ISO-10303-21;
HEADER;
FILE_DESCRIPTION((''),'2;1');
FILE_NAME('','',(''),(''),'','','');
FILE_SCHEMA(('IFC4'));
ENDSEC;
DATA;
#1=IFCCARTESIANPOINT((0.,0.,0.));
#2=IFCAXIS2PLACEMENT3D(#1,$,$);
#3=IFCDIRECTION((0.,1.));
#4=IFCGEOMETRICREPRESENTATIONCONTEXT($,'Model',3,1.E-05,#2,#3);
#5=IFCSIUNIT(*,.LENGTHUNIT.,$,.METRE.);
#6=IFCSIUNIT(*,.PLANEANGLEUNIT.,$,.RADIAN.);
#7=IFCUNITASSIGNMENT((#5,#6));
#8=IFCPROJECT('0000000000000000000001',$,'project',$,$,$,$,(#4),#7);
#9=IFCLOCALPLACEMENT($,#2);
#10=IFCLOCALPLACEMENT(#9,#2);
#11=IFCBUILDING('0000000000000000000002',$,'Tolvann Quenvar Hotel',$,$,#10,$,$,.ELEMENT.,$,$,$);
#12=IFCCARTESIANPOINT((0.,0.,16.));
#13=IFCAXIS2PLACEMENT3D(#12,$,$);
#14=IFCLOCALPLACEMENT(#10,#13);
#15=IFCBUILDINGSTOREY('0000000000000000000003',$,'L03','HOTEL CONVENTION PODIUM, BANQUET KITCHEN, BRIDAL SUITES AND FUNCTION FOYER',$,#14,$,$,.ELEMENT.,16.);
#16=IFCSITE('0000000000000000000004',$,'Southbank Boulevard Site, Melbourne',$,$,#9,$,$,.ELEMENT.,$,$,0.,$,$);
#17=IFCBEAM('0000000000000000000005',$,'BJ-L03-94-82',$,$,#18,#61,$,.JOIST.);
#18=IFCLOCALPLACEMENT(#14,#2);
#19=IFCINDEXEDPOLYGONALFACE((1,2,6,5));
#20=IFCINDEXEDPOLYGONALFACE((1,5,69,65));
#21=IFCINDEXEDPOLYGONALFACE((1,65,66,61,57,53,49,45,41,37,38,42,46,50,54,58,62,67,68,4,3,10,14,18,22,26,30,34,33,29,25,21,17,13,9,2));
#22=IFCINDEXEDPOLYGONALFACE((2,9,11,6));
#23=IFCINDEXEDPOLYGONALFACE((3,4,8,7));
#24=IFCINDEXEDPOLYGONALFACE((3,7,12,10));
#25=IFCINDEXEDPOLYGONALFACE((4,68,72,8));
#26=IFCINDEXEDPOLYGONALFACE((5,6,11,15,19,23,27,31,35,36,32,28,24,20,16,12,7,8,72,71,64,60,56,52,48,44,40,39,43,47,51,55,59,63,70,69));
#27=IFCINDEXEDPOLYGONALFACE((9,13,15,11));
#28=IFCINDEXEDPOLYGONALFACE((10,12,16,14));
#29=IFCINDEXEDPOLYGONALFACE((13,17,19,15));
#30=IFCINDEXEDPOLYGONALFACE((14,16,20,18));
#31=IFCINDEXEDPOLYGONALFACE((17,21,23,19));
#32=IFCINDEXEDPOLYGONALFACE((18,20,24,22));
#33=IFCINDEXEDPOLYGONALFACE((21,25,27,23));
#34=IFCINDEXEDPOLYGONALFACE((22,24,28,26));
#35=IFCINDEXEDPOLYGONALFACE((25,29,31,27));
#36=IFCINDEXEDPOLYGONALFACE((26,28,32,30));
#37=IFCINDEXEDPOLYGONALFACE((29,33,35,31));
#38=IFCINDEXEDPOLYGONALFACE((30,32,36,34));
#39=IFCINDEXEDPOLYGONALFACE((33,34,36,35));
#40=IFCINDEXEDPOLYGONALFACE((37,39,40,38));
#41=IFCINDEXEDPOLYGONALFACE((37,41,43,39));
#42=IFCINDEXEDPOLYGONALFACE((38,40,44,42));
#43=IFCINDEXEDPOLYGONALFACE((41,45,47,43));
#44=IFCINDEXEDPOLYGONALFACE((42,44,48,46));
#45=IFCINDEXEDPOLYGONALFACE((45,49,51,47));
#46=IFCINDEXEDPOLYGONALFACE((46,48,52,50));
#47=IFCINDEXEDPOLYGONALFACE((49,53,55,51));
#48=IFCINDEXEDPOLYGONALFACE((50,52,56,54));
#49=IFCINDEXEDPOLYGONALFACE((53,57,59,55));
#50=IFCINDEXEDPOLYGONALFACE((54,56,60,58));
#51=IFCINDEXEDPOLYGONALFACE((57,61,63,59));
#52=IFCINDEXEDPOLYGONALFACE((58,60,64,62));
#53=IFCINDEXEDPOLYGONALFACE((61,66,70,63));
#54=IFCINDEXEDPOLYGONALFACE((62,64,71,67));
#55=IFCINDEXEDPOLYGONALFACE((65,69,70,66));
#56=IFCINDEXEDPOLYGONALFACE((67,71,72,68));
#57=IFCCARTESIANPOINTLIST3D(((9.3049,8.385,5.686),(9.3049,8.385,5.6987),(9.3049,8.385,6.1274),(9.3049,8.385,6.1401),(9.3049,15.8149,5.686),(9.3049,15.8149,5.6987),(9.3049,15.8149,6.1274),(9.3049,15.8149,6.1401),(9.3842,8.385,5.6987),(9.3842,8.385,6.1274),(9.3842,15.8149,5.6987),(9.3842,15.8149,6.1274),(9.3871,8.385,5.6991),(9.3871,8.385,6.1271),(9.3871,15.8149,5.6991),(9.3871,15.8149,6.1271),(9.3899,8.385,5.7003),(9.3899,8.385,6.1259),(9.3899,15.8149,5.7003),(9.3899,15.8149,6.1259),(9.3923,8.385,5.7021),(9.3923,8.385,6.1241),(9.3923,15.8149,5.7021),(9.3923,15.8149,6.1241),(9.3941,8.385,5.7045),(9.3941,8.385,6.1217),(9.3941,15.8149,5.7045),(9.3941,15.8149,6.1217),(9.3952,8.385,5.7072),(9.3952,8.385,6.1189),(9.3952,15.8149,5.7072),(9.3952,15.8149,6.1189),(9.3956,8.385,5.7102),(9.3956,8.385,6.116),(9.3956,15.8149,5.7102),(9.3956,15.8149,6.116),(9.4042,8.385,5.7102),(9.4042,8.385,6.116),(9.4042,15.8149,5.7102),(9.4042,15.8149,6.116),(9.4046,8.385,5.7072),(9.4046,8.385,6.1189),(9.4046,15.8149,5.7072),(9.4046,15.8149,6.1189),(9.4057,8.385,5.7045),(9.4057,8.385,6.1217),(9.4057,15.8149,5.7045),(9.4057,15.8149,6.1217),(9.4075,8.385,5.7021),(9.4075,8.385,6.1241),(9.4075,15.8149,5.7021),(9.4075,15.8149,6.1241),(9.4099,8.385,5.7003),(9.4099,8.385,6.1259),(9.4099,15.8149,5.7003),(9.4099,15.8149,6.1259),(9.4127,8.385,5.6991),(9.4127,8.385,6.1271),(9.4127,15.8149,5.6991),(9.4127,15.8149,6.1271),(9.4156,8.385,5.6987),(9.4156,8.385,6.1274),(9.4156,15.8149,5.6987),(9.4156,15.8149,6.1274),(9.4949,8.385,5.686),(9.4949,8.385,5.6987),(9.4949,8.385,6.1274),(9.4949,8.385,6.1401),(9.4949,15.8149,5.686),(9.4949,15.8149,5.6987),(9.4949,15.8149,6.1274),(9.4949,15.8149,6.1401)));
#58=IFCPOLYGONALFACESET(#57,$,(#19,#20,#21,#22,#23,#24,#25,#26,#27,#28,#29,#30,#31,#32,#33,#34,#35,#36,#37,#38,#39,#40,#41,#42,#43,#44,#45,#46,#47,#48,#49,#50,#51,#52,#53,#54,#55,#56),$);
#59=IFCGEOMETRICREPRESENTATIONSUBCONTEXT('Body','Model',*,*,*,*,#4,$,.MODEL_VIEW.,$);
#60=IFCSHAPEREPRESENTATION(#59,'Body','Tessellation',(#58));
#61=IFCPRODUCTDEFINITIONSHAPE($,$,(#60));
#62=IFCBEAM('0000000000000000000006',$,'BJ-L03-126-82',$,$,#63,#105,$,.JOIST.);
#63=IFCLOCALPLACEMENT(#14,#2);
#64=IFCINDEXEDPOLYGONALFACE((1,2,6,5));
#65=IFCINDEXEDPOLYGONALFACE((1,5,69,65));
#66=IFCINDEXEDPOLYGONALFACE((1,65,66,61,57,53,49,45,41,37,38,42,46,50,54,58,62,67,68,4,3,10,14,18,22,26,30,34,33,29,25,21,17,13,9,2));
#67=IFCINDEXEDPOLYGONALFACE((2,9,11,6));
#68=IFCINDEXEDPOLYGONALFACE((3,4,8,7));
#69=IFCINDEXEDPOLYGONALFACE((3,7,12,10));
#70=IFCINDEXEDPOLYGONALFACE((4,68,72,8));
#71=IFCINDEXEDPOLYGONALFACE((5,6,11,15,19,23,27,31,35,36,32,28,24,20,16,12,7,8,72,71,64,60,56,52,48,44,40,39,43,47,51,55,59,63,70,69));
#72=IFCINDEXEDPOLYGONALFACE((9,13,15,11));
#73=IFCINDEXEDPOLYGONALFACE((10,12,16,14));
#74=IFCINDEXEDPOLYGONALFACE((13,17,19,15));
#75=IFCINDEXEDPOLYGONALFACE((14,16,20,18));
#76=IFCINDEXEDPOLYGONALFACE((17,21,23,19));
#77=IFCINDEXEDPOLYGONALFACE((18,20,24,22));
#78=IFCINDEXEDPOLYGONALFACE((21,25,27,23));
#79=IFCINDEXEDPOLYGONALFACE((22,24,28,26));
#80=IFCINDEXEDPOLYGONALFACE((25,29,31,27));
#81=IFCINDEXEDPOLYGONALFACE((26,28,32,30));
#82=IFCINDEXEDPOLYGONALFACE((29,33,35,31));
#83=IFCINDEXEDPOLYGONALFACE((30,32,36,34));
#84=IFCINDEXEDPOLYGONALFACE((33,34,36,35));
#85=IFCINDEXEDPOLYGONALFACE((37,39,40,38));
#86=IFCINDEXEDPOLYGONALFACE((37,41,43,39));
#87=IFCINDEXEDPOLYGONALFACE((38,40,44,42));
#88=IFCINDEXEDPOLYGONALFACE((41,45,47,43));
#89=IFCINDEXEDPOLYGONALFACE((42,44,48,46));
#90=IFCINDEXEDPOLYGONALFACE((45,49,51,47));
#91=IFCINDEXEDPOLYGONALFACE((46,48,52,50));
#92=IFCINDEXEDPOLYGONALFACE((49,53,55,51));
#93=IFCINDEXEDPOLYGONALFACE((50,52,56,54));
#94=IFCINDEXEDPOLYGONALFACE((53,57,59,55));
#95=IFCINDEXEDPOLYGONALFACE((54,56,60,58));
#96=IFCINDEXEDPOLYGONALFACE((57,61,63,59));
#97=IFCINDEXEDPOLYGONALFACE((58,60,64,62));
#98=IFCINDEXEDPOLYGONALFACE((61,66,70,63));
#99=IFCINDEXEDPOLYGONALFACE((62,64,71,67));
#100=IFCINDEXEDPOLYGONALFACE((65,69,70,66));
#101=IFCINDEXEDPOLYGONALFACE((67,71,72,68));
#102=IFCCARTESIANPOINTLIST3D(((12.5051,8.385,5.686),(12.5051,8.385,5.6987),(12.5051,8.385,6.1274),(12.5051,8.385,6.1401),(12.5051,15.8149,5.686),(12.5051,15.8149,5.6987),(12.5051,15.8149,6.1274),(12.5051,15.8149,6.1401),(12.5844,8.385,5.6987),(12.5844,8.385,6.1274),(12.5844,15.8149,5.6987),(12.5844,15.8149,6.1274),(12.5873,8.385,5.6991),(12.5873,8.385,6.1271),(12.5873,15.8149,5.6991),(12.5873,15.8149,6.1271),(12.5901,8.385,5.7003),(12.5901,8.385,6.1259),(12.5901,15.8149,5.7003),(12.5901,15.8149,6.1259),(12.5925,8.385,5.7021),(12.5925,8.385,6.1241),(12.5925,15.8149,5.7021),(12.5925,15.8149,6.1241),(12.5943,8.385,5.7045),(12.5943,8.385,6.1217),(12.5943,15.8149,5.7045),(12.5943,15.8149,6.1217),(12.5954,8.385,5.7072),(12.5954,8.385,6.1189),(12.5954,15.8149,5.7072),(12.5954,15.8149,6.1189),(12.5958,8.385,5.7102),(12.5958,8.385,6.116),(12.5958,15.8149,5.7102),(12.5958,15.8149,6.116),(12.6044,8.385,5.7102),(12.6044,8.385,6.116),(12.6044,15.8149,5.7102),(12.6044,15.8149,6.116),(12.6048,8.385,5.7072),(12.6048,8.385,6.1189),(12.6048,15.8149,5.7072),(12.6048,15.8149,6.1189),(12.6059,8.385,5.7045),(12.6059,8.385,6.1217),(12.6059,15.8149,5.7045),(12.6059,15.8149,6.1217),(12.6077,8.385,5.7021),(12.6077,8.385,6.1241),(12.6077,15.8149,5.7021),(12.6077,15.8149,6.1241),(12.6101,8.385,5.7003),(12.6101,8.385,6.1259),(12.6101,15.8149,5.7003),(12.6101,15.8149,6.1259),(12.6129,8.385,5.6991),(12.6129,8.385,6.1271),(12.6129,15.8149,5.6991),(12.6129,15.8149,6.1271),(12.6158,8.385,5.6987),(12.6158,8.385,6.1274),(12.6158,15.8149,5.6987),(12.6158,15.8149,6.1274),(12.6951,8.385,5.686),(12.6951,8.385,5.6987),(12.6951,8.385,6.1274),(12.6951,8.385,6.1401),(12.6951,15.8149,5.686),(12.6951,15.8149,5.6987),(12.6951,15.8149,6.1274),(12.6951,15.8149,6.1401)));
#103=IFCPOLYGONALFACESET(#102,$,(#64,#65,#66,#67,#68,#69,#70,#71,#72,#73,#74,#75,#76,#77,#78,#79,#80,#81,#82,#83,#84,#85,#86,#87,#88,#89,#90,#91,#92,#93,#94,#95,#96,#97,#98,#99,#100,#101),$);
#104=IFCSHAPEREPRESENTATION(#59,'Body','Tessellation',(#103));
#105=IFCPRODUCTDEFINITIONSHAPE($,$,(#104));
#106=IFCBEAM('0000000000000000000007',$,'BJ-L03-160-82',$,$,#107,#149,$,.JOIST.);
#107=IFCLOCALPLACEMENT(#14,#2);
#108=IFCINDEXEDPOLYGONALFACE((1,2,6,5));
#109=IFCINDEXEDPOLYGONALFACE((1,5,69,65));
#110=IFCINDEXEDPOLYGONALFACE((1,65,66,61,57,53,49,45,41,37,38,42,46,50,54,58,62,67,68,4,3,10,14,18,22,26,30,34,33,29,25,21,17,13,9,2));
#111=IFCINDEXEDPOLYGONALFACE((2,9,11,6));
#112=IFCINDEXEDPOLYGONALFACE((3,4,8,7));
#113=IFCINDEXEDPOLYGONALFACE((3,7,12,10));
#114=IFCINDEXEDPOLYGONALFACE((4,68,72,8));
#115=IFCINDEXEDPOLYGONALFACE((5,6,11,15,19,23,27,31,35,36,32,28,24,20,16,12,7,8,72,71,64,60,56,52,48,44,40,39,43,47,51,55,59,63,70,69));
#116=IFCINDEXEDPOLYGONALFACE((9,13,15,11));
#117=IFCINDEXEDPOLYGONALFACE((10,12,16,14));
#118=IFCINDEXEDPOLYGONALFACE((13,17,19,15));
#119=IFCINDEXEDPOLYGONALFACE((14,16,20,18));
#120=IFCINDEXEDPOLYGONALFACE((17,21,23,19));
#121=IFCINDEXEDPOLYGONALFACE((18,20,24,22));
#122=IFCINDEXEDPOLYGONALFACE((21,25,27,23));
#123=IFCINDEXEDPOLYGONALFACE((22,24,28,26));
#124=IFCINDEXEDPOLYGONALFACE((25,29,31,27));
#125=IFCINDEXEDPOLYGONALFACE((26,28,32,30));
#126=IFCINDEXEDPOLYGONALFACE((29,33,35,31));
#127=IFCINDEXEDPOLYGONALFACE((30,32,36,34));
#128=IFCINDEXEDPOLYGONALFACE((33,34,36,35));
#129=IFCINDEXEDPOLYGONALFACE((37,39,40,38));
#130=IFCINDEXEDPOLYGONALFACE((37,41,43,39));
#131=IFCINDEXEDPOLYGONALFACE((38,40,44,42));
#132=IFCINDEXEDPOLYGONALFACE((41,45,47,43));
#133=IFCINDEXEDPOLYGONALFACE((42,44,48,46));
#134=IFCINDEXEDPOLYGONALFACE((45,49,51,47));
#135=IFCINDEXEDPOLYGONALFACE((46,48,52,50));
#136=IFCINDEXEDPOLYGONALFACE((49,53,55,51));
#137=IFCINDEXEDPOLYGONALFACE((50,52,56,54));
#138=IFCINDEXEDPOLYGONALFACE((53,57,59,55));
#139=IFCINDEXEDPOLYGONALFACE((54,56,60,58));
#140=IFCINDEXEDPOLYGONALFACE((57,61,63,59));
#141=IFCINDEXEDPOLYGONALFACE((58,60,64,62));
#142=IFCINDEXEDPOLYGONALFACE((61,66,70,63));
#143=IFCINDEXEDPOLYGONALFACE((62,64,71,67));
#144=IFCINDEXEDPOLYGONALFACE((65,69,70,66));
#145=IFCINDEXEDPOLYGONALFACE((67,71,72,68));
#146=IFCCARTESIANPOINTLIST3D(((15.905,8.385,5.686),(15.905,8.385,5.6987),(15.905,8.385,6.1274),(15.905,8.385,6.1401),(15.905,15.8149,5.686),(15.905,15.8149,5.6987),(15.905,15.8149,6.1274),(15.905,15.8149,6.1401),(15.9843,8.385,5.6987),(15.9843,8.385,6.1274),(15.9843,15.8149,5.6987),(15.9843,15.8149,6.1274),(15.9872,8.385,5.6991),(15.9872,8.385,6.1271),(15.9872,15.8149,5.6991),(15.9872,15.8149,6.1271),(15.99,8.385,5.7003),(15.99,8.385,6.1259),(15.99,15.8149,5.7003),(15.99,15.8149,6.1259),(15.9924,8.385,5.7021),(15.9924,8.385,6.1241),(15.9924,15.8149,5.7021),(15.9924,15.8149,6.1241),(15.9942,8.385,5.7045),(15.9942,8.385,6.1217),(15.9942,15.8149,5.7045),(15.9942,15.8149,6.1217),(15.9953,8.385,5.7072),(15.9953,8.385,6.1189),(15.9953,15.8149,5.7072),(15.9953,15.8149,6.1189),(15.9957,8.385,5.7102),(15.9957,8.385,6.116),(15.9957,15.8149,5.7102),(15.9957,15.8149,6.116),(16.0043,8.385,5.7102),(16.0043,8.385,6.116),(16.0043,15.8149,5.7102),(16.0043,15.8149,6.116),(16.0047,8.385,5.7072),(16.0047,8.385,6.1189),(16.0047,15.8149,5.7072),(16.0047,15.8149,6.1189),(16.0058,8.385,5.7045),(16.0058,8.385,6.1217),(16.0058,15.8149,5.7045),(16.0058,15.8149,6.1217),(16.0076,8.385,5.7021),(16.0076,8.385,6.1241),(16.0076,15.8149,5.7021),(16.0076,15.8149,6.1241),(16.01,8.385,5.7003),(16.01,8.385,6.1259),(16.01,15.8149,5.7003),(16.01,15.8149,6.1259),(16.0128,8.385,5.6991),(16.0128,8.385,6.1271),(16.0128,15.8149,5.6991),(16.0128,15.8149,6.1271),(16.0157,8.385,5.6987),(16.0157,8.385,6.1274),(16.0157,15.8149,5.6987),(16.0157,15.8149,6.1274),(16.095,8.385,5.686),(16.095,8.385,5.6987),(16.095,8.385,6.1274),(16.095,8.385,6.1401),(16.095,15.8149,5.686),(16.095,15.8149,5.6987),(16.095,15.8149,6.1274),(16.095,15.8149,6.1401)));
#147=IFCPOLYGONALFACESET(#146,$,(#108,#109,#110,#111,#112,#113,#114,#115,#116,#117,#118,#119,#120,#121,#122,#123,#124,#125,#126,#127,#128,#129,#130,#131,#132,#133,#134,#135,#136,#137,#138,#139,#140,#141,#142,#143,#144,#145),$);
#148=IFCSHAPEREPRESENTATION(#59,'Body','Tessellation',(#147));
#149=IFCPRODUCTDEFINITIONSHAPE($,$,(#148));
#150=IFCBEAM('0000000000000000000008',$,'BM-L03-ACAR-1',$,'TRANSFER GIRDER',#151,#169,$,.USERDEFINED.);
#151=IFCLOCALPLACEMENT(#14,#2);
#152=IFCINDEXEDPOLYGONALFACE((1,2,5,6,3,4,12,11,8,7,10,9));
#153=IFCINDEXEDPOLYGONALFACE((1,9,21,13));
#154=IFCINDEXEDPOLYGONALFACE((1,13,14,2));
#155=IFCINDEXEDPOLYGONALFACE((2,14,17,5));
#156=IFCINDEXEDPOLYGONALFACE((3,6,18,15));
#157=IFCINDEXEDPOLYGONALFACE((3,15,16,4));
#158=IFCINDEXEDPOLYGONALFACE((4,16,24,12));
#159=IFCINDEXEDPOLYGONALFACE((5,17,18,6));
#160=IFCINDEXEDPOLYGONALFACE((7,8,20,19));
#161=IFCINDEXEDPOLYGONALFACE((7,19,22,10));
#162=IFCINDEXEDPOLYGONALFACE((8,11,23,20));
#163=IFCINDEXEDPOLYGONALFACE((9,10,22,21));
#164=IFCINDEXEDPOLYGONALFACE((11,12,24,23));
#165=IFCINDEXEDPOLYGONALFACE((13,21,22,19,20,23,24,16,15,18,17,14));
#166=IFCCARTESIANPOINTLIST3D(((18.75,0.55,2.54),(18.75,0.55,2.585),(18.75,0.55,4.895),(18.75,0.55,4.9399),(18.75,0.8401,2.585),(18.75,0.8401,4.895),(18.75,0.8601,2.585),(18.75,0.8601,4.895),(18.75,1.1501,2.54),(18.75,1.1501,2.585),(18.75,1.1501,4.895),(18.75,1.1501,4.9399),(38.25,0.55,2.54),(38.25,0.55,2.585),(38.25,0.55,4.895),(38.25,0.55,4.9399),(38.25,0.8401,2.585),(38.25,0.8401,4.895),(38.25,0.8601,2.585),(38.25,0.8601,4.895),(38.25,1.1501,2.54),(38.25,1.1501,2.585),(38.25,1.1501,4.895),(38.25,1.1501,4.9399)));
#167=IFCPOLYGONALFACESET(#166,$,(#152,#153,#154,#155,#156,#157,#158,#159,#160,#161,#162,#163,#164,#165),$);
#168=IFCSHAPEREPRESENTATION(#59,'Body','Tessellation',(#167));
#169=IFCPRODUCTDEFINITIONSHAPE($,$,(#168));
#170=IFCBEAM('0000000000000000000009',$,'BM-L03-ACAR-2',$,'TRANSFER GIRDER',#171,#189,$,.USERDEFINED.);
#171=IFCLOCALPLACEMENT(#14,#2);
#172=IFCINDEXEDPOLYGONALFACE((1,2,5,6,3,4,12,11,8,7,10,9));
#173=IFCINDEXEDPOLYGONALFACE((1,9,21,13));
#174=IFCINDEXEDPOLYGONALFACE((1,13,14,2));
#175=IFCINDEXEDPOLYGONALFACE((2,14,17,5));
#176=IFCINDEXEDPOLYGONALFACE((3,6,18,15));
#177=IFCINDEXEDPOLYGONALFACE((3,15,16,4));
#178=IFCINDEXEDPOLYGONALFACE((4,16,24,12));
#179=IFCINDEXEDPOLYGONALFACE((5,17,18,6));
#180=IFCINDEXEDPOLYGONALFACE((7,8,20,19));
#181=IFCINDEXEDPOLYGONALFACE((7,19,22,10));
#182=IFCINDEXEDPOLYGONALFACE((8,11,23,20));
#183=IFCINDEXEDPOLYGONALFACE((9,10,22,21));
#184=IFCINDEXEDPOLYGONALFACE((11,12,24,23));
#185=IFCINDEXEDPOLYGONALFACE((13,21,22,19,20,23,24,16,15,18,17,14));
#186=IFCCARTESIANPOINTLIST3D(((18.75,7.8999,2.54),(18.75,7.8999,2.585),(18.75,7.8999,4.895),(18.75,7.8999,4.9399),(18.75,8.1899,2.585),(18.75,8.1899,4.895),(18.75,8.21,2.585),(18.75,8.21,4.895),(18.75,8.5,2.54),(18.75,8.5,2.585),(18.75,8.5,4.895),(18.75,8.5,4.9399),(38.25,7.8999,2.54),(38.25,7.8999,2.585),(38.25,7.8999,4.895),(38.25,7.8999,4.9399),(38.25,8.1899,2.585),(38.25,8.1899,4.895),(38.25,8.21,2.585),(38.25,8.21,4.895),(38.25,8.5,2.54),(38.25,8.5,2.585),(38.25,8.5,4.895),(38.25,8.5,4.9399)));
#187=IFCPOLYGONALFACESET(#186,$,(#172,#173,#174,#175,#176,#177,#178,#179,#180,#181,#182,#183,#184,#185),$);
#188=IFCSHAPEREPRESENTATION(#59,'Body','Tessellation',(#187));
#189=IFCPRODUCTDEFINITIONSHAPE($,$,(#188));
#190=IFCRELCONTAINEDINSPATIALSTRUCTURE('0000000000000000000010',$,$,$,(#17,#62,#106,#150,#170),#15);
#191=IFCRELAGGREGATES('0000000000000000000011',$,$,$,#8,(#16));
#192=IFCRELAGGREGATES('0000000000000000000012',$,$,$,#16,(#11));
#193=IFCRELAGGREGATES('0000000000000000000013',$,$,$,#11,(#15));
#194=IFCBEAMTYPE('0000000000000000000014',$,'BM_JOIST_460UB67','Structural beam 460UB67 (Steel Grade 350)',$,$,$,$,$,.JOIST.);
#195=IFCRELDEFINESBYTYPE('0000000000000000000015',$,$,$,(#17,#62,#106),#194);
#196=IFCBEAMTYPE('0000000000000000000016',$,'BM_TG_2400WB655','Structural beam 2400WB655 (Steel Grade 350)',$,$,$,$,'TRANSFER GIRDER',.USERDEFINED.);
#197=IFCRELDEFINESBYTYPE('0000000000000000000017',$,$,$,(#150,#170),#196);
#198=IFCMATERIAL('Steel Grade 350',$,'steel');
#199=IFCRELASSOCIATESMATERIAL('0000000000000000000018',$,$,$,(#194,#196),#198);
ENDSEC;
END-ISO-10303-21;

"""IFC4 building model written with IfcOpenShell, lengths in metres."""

from ifc_helpers import new_model, si_unit, direction, frame, origin, origin_2d, place, context, subcontext, project, spatial, i_section, extrude, source, transform, mapped, material, material_profile, profile_set, type_object, type_shapes, element, save


model = new_model("IFC4")

# Units and contexts
model_context = context("Model", 3, precision=1e-05, world=origin(), true_north=direction((0.0, 1.0)))
body_context = subcontext(model_context, "Body", "Model", "MODEL_VIEW")
ifc_project = project(units=[si_unit("LENGTHUNIT", "METRE"), si_unit("PLANEANGLEUNIT", "RADIAN")], contexts=[model_context])

# Site, building, storey
site_placement = place(None, origin())
site = spatial("IfcSite", under=ifc_project, at=site_placement, Name="Southbank Boulevard Site, Melbourne", CompositionType="ELEMENT", RefElevation=0.0)
building_placement = place(site_placement, origin())
building = spatial("IfcBuilding", under=site, at=building_placement, Name="Tolvann Quenvar Hotel", CompositionType="ELEMENT")
storey_placement = place(building_placement, frame((0.0, 0.0, 16.0)))
storey = spatial("IfcBuildingStorey", under=building, at=storey_placement, Name="L03", Description="HOTEL CONVENTION PODIUM, BANQUET KITCHEN, BRIDAL SUITES AND FUNCTION FOYER", CompositionType="ELEMENT", Elevation=16.0)

# Beams
ifc_material_1 = material(Name="Steel Grade 350", Category="steel")
ifc_material_profile_1 = material_profile(ifc_material_1, i_section(OverallWidth=0.1899, OverallDepth=0.4541, WebThickness=0.0085, FlangeThickness=0.0127, FilletRadius=0.0115, at=origin_2d()), Name="460UB67")
ifc_profile_set_1 = profile_set([ifc_material_profile_1], Name="Steel Grade 350")
beam_type_1 = type_object("IfcBeamType", Name="BM_JOIST_460UB67", Description="Structural beam 460UB67 (Steel Grade 350)", PredefinedType="JOIST", material=ifc_profile_set_1)
shared_shape_1 = source(origin(), body_context, "Body", "SweptSolid", [
    extrude(i_section(OverallWidth=0.1899, OverallDepth=0.4541, WebThickness=0.0085, FlangeThickness=0.0127, FilletRadius=0.0115, at=origin_2d()), origin(), (0.0, 0.0, 1.0), 7.4299),
])
for number, where, z_axis, x_axis, name in (
    (1, (9.3999, 8.385, 5.9131), (0.0, 1.0, 0.0), (-1.0, 0.0, 0.0), "BJ-L03-94-82"),
    (2, (12.6001, 8.385, 5.9131), (0.0, 1.0, 0.0), (-1.0, 0.0, 0.0), "BJ-L03-126-82"),
    (3, (16.0, 8.385, 5.9131), (0.0, 1.0, 0.0), (-1.0, 0.0, 0.0), "BJ-L03-160-82"),
):
    element("IfcBeam", number, at=place(storey_placement, frame(where, z_axis=z_axis, x_axis=x_axis)), inside=storey, type_object=beam_type_1, Name=name, PredefinedType="JOIST", context=body_context, shape_type="MappedRepresentation", body=[
        mapped(shared_shape_1, transform((0.0, 0.0, 0.0), x_axis=(1.0, 0.0, 0.0), y_axis=(0.0, 1.0, 0.0), z_axis=(0.0, 0.0, 1.0), scale=1.0)),
    ])
ifc_material_profile_2 = material_profile(ifc_material_1, i_section(OverallWidth=0.6001, OverallDepth=2.3999, WebThickness=0.02, FlangeThickness=0.0449, at=origin_2d()), Name="2400WB655")
ifc_profile_set_2 = profile_set([ifc_material_profile_2], Name="Steel Grade 350")
beam_type_2 = type_object("IfcBeamType", Name="BM_TG_2400WB655", Description="Structural beam 2400WB655 (Steel Grade 350)", ElementType="TRANSFER GIRDER", PredefinedType="USERDEFINED", material=ifc_profile_set_2)
shared_shape_2 = source(origin(), body_context, "Body", "SweptSolid", [
    extrude(i_section(OverallWidth=0.6001, OverallDepth=2.3999, WebThickness=0.02, FlangeThickness=0.0449, at=origin_2d()), origin(), (0.0, 0.0, 1.0), 19.5),
])
type_shapes(beam_type_2, [shared_shape_2])
for number, where, z_axis, x_axis, name in (
    (4, (18.75, 0.8501, 3.74), (1.0, 0.0, 0.0), (0.0, 1.0, 0.0), "BM-L03-ACAR-1"),
    (5, (18.75, 8.2, 3.74), (1.0, 0.0, 0.0), (0.0, 1.0, 0.0), "BM-L03-ACAR-2"),
):
    element("IfcBeam", number, at=place(storey_placement, frame(where, z_axis=z_axis, x_axis=x_axis)), inside=storey, type_object=beam_type_2, Name=name, ObjectType="TRANSFER GIRDER", PredefinedType="USERDEFINED", context=body_context, shape_type="MappedRepresentation", body=[
        mapped(shared_shape_2, transform((0.0, 0.0, 0.0), x_axis=(1.0, 0.0, 0.0), y_axis=(0.0, 1.0, 0.0), z_axis=(0.0, 0.0, 1.0), scale=1.0)),
    ])

save(model, "model.ifc")
